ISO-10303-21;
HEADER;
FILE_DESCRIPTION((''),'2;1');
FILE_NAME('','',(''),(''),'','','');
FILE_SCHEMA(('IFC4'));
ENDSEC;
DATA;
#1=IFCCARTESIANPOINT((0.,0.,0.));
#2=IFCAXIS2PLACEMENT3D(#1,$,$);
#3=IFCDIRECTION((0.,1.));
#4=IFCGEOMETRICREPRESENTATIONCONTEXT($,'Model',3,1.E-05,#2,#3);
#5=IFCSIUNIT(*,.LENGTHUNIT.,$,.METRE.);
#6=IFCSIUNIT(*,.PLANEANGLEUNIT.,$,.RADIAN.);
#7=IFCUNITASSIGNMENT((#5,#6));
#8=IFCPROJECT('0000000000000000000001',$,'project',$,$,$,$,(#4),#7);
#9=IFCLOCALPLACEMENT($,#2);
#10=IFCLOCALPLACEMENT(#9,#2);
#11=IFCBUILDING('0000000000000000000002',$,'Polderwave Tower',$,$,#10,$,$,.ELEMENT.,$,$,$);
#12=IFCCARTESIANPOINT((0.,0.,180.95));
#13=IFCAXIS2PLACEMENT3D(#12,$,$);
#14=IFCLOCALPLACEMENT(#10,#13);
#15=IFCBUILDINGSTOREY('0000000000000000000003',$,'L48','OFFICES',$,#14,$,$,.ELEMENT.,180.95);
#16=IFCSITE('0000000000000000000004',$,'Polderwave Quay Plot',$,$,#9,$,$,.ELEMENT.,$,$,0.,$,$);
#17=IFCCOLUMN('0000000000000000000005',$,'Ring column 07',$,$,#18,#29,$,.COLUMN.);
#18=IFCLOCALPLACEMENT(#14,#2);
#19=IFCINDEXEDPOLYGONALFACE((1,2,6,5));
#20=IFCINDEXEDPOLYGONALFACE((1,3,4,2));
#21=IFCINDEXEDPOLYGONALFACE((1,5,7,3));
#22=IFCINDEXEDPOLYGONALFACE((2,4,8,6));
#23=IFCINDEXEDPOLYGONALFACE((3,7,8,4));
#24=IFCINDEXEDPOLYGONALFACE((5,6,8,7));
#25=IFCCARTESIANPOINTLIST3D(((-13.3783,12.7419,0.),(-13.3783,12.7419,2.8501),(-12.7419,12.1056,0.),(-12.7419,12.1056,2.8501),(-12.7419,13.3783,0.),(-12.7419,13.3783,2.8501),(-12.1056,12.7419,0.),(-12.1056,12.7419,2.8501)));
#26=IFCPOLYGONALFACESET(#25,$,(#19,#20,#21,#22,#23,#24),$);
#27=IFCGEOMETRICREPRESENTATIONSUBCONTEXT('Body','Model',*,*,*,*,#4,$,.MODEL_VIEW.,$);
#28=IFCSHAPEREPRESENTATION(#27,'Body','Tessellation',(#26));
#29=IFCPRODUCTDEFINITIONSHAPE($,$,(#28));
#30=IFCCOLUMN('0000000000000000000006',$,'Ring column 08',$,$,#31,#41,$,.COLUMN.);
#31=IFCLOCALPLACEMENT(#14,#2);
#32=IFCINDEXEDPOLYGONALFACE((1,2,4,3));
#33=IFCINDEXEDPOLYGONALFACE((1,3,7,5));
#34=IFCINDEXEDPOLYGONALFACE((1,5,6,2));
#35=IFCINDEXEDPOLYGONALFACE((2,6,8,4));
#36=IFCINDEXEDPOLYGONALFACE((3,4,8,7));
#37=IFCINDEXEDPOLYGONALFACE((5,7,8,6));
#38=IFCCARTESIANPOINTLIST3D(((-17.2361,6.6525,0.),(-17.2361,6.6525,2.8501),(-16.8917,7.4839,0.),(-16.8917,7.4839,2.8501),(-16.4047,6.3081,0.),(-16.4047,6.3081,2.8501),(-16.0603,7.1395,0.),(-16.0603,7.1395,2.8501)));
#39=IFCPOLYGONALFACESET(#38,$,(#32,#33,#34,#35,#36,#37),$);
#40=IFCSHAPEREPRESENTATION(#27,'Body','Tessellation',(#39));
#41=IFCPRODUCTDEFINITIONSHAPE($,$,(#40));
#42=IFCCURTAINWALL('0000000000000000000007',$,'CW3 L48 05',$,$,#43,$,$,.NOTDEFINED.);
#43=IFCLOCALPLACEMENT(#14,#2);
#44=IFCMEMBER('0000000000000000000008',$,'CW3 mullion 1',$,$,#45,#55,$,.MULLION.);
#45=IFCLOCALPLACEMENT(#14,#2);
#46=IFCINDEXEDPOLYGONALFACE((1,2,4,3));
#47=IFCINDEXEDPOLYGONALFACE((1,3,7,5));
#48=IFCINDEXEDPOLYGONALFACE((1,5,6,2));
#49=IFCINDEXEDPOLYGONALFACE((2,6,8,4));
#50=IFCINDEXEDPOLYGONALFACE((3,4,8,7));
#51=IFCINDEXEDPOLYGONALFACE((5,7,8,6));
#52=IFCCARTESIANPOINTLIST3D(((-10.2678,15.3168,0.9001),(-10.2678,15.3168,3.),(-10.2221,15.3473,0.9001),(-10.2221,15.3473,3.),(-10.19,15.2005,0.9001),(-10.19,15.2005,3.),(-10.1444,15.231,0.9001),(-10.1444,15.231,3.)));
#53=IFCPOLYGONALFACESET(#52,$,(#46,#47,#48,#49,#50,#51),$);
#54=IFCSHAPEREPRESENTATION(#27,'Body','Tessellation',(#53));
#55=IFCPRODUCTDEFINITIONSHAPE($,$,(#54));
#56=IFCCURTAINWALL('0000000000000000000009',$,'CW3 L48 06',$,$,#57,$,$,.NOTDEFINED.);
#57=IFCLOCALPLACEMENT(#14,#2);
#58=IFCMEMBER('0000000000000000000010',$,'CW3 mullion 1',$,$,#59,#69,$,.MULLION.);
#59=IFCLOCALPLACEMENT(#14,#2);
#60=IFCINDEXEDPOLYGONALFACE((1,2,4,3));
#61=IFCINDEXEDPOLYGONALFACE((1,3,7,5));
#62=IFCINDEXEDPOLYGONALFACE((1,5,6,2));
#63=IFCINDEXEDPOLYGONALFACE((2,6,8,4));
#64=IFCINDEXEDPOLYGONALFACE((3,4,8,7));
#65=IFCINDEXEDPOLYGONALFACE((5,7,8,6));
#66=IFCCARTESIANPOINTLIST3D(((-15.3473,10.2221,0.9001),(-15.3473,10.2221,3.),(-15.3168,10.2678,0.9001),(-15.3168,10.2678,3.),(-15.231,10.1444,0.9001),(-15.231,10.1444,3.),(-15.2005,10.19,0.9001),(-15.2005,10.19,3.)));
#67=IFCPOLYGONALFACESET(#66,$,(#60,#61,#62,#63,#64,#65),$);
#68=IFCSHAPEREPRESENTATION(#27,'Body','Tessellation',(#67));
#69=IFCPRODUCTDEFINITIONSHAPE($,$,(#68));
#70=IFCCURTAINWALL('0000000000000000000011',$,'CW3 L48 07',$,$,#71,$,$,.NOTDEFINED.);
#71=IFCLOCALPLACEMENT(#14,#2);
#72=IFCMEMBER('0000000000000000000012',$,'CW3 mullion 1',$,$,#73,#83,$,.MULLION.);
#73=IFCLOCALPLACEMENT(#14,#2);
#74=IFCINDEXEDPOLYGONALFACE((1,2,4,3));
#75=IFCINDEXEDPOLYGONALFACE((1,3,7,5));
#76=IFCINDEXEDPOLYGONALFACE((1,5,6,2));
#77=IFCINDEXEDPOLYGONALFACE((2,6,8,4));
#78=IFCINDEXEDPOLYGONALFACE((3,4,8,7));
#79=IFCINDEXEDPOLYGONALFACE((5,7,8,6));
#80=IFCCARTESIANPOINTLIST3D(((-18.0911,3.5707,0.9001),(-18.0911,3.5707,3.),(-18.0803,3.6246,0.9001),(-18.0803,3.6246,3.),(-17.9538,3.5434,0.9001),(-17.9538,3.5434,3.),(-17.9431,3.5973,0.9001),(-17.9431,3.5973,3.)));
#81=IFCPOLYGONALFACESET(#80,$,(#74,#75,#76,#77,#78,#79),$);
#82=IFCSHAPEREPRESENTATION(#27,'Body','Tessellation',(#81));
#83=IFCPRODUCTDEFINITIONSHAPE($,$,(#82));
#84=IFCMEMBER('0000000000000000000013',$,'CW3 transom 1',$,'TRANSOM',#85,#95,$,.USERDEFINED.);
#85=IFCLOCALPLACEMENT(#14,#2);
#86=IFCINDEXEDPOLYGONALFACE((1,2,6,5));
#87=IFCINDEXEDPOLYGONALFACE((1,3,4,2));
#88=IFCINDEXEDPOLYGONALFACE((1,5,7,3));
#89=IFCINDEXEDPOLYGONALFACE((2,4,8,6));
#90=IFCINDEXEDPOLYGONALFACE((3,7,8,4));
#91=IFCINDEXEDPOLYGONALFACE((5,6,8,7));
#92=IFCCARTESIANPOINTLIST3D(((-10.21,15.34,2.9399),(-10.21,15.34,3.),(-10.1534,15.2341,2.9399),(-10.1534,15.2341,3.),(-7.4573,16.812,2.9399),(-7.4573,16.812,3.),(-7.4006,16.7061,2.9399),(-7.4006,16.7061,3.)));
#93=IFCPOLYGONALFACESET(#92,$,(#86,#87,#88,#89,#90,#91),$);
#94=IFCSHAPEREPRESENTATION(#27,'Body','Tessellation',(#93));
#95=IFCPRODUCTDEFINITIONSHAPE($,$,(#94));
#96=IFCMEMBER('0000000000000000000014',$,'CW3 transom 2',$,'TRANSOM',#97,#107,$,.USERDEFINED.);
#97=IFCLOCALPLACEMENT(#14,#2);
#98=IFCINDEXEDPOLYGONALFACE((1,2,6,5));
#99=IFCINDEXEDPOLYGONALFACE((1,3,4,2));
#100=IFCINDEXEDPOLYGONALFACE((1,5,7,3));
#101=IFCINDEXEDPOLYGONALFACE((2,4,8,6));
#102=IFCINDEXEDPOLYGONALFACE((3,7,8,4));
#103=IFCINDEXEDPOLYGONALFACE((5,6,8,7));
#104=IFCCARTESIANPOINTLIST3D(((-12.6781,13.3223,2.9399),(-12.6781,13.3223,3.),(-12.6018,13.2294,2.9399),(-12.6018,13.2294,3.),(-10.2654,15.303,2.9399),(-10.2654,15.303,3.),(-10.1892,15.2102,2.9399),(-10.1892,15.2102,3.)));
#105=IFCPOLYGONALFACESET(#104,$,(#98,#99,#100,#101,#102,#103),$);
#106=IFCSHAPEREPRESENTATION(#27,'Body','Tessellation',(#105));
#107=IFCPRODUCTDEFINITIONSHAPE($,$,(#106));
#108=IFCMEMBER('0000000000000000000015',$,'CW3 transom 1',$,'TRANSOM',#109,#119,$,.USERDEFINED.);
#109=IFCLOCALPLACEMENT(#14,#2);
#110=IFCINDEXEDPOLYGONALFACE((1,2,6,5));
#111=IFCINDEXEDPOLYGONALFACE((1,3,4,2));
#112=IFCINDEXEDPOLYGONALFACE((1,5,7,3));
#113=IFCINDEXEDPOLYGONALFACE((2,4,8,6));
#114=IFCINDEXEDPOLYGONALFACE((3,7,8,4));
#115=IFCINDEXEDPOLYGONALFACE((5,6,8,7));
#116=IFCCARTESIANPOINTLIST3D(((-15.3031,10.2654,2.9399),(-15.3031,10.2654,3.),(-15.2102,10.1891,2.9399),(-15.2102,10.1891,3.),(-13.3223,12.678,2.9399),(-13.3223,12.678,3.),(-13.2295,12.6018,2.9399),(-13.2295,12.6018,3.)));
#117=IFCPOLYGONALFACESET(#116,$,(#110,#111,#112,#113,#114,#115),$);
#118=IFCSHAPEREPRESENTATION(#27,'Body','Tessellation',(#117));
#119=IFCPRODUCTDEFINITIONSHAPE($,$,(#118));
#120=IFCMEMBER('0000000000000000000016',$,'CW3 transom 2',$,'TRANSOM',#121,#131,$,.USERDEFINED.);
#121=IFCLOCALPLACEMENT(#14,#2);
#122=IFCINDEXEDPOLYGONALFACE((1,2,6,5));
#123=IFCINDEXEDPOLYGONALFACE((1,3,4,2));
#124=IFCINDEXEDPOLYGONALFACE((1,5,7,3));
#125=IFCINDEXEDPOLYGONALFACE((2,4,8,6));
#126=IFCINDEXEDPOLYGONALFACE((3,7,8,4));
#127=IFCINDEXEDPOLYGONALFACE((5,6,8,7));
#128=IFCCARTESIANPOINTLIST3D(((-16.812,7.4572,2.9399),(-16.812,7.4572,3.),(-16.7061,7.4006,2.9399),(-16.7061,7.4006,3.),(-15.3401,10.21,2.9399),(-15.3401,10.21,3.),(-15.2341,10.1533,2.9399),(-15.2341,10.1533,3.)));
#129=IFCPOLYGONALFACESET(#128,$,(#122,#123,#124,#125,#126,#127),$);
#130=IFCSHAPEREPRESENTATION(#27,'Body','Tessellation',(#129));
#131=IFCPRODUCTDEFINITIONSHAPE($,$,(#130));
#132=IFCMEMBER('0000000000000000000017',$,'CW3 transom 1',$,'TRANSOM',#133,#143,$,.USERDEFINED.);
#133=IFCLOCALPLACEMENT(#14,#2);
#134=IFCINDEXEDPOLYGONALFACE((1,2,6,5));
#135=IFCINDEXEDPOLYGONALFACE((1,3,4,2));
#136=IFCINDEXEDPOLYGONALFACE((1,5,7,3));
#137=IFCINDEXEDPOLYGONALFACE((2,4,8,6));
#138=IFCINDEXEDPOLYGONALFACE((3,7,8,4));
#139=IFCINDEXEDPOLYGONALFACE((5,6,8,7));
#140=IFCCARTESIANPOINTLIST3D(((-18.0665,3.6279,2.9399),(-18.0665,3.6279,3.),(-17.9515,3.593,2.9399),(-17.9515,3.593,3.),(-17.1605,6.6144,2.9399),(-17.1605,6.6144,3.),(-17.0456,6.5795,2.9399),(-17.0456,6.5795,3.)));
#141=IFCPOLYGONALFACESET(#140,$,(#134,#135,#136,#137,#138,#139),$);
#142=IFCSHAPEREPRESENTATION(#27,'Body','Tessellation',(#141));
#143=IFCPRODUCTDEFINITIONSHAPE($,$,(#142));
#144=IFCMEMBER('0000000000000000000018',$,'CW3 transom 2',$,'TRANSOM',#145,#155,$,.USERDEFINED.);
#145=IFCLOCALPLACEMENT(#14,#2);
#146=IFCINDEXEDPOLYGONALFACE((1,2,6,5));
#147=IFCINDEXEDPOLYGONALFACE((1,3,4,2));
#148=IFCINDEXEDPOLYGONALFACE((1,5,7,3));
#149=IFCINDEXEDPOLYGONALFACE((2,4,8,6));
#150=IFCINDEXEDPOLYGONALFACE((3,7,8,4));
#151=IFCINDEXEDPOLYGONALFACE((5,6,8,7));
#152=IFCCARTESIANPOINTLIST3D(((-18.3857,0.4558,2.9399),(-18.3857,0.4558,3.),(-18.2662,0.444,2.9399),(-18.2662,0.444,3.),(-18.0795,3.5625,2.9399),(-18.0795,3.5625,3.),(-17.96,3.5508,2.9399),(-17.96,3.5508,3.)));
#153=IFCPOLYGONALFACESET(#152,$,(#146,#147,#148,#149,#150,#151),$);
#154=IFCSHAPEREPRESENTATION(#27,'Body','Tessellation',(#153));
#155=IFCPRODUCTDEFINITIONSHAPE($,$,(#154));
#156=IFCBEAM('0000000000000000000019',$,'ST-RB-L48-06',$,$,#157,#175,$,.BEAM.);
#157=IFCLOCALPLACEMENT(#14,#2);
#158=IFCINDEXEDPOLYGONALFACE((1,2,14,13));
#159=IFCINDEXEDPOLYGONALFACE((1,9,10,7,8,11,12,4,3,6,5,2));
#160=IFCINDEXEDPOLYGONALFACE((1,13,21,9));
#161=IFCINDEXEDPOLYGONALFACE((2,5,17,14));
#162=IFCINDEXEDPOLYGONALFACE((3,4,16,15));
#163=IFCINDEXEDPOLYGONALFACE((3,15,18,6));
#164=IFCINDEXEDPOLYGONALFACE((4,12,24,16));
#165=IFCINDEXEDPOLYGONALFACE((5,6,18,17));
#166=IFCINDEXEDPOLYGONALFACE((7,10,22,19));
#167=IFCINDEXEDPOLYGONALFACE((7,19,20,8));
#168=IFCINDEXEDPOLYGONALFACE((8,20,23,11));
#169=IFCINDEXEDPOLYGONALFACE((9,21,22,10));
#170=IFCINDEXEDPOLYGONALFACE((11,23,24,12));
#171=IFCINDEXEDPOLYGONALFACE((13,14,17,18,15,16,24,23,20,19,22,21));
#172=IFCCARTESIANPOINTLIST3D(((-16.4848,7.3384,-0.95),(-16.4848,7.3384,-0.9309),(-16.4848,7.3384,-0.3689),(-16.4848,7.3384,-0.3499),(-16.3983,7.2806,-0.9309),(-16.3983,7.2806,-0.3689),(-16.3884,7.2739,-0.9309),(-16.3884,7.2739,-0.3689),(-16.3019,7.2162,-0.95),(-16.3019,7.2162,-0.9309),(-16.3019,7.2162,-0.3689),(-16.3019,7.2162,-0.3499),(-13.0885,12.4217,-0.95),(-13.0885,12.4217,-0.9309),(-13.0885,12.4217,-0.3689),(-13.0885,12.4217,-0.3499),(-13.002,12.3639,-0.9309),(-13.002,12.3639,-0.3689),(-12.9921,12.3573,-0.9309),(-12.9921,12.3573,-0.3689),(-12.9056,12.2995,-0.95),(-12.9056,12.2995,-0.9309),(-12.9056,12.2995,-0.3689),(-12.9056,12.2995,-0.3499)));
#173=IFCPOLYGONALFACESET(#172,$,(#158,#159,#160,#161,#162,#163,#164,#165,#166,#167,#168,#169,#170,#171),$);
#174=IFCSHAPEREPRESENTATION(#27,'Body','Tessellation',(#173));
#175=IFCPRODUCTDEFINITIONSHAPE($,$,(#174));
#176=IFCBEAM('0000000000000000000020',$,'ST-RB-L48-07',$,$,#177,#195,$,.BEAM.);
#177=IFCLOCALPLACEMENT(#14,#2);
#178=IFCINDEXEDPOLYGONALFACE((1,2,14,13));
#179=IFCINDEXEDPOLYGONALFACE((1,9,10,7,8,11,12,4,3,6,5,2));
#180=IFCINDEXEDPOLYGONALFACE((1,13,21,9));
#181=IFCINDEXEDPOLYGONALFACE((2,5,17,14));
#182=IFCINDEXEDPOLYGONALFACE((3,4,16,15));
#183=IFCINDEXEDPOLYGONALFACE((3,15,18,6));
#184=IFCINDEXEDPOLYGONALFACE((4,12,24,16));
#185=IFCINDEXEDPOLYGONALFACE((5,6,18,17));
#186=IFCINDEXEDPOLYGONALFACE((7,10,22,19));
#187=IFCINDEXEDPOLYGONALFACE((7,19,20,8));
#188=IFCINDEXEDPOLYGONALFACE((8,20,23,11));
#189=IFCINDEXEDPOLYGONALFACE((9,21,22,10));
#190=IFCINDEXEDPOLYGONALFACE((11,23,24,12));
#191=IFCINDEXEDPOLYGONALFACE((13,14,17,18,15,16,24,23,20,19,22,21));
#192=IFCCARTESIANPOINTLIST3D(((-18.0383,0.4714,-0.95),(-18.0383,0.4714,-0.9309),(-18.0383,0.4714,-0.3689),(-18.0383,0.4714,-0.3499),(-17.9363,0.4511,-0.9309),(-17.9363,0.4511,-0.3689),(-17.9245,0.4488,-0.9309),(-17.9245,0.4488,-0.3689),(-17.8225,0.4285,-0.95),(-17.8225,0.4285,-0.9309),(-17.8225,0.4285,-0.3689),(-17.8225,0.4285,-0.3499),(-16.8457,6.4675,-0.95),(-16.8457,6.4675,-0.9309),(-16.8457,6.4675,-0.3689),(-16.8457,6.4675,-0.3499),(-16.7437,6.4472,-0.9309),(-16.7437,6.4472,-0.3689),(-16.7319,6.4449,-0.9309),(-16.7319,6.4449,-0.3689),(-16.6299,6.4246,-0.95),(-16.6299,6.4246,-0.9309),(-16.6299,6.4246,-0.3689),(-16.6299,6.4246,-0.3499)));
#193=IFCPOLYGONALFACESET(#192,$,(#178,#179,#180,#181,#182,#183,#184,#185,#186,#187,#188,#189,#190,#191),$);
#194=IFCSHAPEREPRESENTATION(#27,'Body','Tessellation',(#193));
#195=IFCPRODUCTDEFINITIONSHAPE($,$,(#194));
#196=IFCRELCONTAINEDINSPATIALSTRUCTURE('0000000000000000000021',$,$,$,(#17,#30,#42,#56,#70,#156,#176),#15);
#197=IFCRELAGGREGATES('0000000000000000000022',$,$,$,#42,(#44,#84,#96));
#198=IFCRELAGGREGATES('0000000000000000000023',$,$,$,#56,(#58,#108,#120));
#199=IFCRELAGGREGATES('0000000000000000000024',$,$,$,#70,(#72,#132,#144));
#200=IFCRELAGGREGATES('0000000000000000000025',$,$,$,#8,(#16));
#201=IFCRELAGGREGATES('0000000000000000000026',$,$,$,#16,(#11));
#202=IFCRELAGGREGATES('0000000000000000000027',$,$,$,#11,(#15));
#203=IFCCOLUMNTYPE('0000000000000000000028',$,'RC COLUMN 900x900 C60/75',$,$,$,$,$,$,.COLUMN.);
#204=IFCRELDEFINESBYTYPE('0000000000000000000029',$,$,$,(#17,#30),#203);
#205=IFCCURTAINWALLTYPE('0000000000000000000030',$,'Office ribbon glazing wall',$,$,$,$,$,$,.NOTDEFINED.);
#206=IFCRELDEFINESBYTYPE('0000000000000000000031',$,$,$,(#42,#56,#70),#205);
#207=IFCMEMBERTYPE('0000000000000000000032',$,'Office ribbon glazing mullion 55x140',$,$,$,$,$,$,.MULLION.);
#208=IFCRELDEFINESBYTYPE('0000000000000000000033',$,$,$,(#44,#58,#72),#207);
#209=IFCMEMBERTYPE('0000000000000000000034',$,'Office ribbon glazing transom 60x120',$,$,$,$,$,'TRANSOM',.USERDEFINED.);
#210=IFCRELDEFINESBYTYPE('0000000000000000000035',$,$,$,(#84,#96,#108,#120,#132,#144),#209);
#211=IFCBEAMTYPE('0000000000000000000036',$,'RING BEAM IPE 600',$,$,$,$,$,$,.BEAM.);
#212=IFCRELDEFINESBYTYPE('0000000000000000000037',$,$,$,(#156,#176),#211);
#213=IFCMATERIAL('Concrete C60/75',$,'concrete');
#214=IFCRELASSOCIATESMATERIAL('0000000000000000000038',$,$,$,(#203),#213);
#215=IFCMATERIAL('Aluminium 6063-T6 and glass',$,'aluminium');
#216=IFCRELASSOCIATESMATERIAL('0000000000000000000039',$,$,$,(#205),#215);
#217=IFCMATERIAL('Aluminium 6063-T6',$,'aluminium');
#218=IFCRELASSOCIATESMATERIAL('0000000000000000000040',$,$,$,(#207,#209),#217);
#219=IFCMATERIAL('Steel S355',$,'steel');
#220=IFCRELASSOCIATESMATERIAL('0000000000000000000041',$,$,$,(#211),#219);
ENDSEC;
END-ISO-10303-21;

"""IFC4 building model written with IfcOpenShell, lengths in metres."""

from ifc_helpers import new_model, si_unit, direction, frame, origin, origin_2d, place, context, subcontext, project, spatial, rectangle, i_section, extrude, material, material_profile, profile_set, type_object, element, aggregate, save


model = new_model("IFC4")

# Units and contexts
model_context = context("Model", 3, precision=1e-05, world=origin(), true_north=direction((0.0, 1.0)))
body_context = subcontext(model_context, "Body", "Model", "MODEL_VIEW")
ifc_project = project(units=[si_unit("LENGTHUNIT", "METRE"), si_unit("PLANEANGLEUNIT", "RADIAN")], contexts=[model_context])

# Site, building, storey
site_placement = place(None, origin())
site = spatial("IfcSite", under=ifc_project, at=site_placement, Name="Polderwave Quay Plot", CompositionType="ELEMENT", RefElevation=0.0)
building_placement = place(site_placement, origin())
building = spatial("IfcBuilding", under=site, at=building_placement, Name="Polderwave Tower", CompositionType="ELEMENT")
storey_placement = place(building_placement, frame((0.0, 0.0, 180.95)))
storey = spatial("IfcBuildingStorey", under=building, at=storey_placement, Name="L48", Description="OFFICES", CompositionType="ELEMENT", Elevation=180.95)

# Columns
ifc_material_1 = material(Name="Concrete C60/75", Category="concrete")
ifc_material_profile_1 = material_profile(ifc_material_1, rectangle(XDim=0.8999, YDim=0.8999, at=origin_2d()), Name="RC 900x900")
ifc_profile_set_1 = profile_set([ifc_material_profile_1], Name="Concrete C60/75")
column_type = type_object("IfcColumnType", Name="RC COLUMN 900x900 C60/75", PredefinedType="COLUMN", material=ifc_profile_set_1)
for number, where, z_axis, x_axis, name in (
    (1, (-12.7419, 12.7419, 0.0), (0.0, 0.0, 1.0), (-0.707107, 0.707107, 0.0), "Ring column 07"),
    (2, (-16.6482, 6.896, 0.0), (0.0, 0.0, 1.0), (-0.92388, 0.382683, 0.0), "Ring column 08"),
):
    element("IfcColumn", number, at=place(storey_placement, frame(where, z_axis=z_axis, x_axis=x_axis)), inside=storey, type_object=column_type, Name=name, PredefinedType="COLUMN", context=body_context, shape_type="SweptSolid", body=[
        extrude(rectangle(XDim=0.8999, YDim=0.8999, at=origin_2d()), origin(), (0.0, 0.0, 1.0), 2.8501),
    ])

# Curtain walls, members
ifc_material_2 = material(Name="Aluminium 6063-T6 and glass", Category="aluminium")
curtain_wall_type = type_object("IfcCurtainWallType", Name="Office ribbon glazing wall", PredefinedType="NOTDEFINED", material=ifc_material_2)
curtain_wall_1_placement = place(storey_placement, origin())
curtain_wall_1 = element("IfcCurtainWall", 3, at=curtain_wall_1_placement, inside=storey, type_object=curtain_wall_type, Name="CW3 L48 05", PredefinedType="NOTDEFINED")
ifc_material_3 = material(Name="Aluminium 6063-T6", Category="aluminium")
ifc_material_profile_2 = material_profile(ifc_material_3, rectangle(XDim=0.1399, YDim=0.0549, at=origin_2d()), Name="AL 55x140")
ifc_profile_set_2 = profile_set([ifc_material_profile_2], Name="Aluminium 6063-T6")
member_type_1 = type_object("IfcMemberType", Name="Office ribbon glazing mullion 55x140", PredefinedType="MULLION", material=ifc_profile_set_2)
member_1_placement = place(storey_placement, frame((-10.2061, 15.2739, 0.9001), z_axis=(0.0, 0.0, 1.0), x_axis=(0.555695, -0.831386, 0.0)))
member_1 = element("IfcMember", 4, at=member_1_placement, type_object=member_type_1, Name="CW3 mullion 1", PredefinedType="MULLION", context=body_context, shape_type="SweptSolid", body=[
    extrude(rectangle(XDim=0.1399, YDim=0.0549, at=origin_2d()), origin(), (0.0, 0.0, 1.0), 2.0999),
])
curtain_wall_2_placement = place(storey_placement, origin())
curtain_wall_2 = element("IfcCurtainWall", 5, at=curtain_wall_2_placement, inside=storey, type_object=curtain_wall_type, Name="CW3 L48 06", PredefinedType="NOTDEFINED")
member_2_placement = place(storey_placement, frame((-15.2739, 10.2061, 0.9001), z_axis=(0.0, 0.0, 1.0), x_axis=(0.831386, -0.555695, 0.0)))
member_2 = element("IfcMember", 6, at=member_2_placement, type_object=member_type_1, Name="CW3 mullion 1", PredefinedType="MULLION", context=body_context, shape_type="SweptSolid", body=[
    extrude(rectangle(XDim=0.1399, YDim=0.0549, at=origin_2d()), origin(), (0.0, 0.0, 1.0), 2.0999),
])
curtain_wall_3_placement = place(storey_placement, origin())
curtain_wall_3 = element("IfcCurtainWall", 7, at=curtain_wall_3_placement, inside=storey, type_object=curtain_wall_type, Name="CW3 L48 07", PredefinedType="NOTDEFINED")
member_3_placement = place(storey_placement, frame((-18.0171, 3.584, 0.9001), z_axis=(0.0, 0.0, 1.0), x_axis=(0.980775, -0.195143, 0.0)))
member_3 = element("IfcMember", 8, at=member_3_placement, type_object=member_type_1, Name="CW3 mullion 1", PredefinedType="MULLION", context=body_context, shape_type="SweptSolid", body=[
    extrude(rectangle(XDim=0.1399, YDim=0.0549, at=origin_2d()), origin(), (0.0, 0.0, 1.0), 2.0999),
])

# Members
ifc_material_profile_3 = material_profile(ifc_material_3, rectangle(XDim=0.1201, YDim=0.0601, at=origin_2d()), Name="AL 60x120")
ifc_profile_set_3 = profile_set([ifc_material_profile_3], Name="Aluminium 6063-T6")
member_type_2 = type_object("IfcMemberType", Name="Office ribbon glazing transom 60x120", ElementType="TRANSOM", PredefinedType="USERDEFINED", material=ifc_profile_set_3)
member_4_placement = place(storey_placement, frame((-7.429, 16.759, 2.97), z_axis=(-0.881844, -0.471542, 0.0), x_axis=(0.471542, -0.881844, 0.0)))
member_4 = element("IfcMember", 9, at=member_4_placement, type_object=member_type_2, Name="CW3 transom 1", ObjectType="TRANSOM", PredefinedType="USERDEFINED", context=body_context, shape_type="SweptSolid", body=[
    extrude(rectangle(XDim=0.1201, YDim=0.0601, at=origin_2d()), origin(), (0.0, 0.0, 1.0), 3.1216),
])
member_5_placement = place(storey_placement, frame((-10.2273, 15.2566, 2.97), z_axis=(-0.772893, -0.634536, 0.0), x_axis=(0.634536, -0.772893, 0.0)))
member_5 = element("IfcMember", 10, at=member_5_placement, type_object=member_type_2, Name="CW3 transom 2", ObjectType="TRANSOM", PredefinedType="USERDEFINED", context=body_context, shape_type="SweptSolid", body=[
    extrude(rectangle(XDim=0.1201, YDim=0.0601, at=origin_2d()), origin(), (0.0, 0.0, 1.0), 3.1216),
])
member_6_placement = place(storey_placement, frame((-13.2759, 12.6399, 2.97), z_axis=(-0.634536, -0.772893, 0.0), x_axis=(0.772893, -0.634536, 0.0)))
member_6 = element("IfcMember", 11, at=member_6_placement, type_object=member_type_2, Name="CW3 transom 1", ObjectType="TRANSOM", PredefinedType="USERDEFINED", context=body_context, shape_type="SweptSolid", body=[
    extrude(rectangle(XDim=0.1201, YDim=0.0601, at=origin_2d()), origin(), (0.0, 0.0, 1.0), 3.1216),
])
member_7_placement = place(storey_placement, frame((-15.2871, 10.1816, 2.97), z_axis=(-0.471542, -0.881844, 0.0), x_axis=(0.881844, -0.471542, 0.0)))
member_7 = element("IfcMember", 12, at=member_7_placement, type_object=member_type_2, Name="CW3 transom 2", ObjectType="TRANSOM", PredefinedType="USERDEFINED", context=body_context, shape_type="SweptSolid", body=[
    extrude(rectangle(XDim=0.1201, YDim=0.0601, at=origin_2d()), origin(), (0.0, 0.0, 1.0), 3.1216),
])
member_8_placement = place(storey_placement, frame((-17.103, 6.5969, 2.97), z_axis=(-0.290296, -0.956937, 0.0), x_axis=(0.956937, -0.290296, 0.0)))
member_8 = element("IfcMember", 13, at=member_8_placement, type_object=member_type_2, Name="CW3 transom 1", ObjectType="TRANSOM", PredefinedType="USERDEFINED", context=body_context, shape_type="SweptSolid", body=[
    extrude(rectangle(XDim=0.1201, YDim=0.0601, at=origin_2d()), origin(), (0.0, 0.0, 1.0), 3.1208),
])
member_9_placement = place(storey_placement, frame((-18.0198, 3.5566, 2.97), z_axis=(-0.098071, -0.995179, 0.0), x_axis=(0.995179, -0.098071, 0.0)))
member_9 = element("IfcMember", 14, at=member_9_placement, type_object=member_type_2, Name="CW3 transom 2", ObjectType="TRANSOM", PredefinedType="USERDEFINED", context=body_context, shape_type="SweptSolid", body=[
    extrude(rectangle(XDim=0.1201, YDim=0.0601, at=origin_2d()), origin(), (0.0, 0.0, 1.0), 3.1218),
])

# Beams
ifc_material_4 = material(Name="Steel S355", Category="steel")
ifc_material_profile_4 = material_profile(ifc_material_4, i_section(OverallWidth=0.22, OverallDepth=0.6001, WebThickness=0.012, FlangeThickness=0.019, at=origin_2d()), Name="IPE 600")
ifc_profile_set_4 = profile_set([ifc_material_profile_4], Name="Steel S355")
beam_type = type_object("IfcBeamType", Name="RING BEAM IPE 600", PredefinedType="BEAM", material=ifc_profile_set_4)
for number, where, z_axis, x_axis, name in (
    (15, (-12.9971, 12.3606, -0.6499), (-0.555539, -0.831491, 0.0), (0.831491, -0.555539, 0.0), "ST-RB-L48-06"),
    (16, (-16.7378, 6.446, -0.6499), (-0.195079, -0.980787, 0.0), (0.980787, -0.195079, 0.0), "ST-RB-L48-07"),
):
    element("IfcBeam", number, at=place(storey_placement, frame(where, z_axis=z_axis, x_axis=x_axis)), inside=storey, type_object=beam_type, Name=name, PredefinedType="BEAM", context=body_context, shape_type="SweptSolid", body=[
        extrude(i_section(OverallWidth=0.22, OverallDepth=0.6001, WebThickness=0.012, FlangeThickness=0.019, at=origin_2d()), origin(), (0.0, 0.0, 1.0), 6.1135),
    ])

aggregate(curtain_wall_1, [member_1, member_4, member_5])
aggregate(curtain_wall_2, [member_2, member_6, member_7])
aggregate(curtain_wall_3, [member_3, member_8, member_9])

save(model, "model.ifc")
